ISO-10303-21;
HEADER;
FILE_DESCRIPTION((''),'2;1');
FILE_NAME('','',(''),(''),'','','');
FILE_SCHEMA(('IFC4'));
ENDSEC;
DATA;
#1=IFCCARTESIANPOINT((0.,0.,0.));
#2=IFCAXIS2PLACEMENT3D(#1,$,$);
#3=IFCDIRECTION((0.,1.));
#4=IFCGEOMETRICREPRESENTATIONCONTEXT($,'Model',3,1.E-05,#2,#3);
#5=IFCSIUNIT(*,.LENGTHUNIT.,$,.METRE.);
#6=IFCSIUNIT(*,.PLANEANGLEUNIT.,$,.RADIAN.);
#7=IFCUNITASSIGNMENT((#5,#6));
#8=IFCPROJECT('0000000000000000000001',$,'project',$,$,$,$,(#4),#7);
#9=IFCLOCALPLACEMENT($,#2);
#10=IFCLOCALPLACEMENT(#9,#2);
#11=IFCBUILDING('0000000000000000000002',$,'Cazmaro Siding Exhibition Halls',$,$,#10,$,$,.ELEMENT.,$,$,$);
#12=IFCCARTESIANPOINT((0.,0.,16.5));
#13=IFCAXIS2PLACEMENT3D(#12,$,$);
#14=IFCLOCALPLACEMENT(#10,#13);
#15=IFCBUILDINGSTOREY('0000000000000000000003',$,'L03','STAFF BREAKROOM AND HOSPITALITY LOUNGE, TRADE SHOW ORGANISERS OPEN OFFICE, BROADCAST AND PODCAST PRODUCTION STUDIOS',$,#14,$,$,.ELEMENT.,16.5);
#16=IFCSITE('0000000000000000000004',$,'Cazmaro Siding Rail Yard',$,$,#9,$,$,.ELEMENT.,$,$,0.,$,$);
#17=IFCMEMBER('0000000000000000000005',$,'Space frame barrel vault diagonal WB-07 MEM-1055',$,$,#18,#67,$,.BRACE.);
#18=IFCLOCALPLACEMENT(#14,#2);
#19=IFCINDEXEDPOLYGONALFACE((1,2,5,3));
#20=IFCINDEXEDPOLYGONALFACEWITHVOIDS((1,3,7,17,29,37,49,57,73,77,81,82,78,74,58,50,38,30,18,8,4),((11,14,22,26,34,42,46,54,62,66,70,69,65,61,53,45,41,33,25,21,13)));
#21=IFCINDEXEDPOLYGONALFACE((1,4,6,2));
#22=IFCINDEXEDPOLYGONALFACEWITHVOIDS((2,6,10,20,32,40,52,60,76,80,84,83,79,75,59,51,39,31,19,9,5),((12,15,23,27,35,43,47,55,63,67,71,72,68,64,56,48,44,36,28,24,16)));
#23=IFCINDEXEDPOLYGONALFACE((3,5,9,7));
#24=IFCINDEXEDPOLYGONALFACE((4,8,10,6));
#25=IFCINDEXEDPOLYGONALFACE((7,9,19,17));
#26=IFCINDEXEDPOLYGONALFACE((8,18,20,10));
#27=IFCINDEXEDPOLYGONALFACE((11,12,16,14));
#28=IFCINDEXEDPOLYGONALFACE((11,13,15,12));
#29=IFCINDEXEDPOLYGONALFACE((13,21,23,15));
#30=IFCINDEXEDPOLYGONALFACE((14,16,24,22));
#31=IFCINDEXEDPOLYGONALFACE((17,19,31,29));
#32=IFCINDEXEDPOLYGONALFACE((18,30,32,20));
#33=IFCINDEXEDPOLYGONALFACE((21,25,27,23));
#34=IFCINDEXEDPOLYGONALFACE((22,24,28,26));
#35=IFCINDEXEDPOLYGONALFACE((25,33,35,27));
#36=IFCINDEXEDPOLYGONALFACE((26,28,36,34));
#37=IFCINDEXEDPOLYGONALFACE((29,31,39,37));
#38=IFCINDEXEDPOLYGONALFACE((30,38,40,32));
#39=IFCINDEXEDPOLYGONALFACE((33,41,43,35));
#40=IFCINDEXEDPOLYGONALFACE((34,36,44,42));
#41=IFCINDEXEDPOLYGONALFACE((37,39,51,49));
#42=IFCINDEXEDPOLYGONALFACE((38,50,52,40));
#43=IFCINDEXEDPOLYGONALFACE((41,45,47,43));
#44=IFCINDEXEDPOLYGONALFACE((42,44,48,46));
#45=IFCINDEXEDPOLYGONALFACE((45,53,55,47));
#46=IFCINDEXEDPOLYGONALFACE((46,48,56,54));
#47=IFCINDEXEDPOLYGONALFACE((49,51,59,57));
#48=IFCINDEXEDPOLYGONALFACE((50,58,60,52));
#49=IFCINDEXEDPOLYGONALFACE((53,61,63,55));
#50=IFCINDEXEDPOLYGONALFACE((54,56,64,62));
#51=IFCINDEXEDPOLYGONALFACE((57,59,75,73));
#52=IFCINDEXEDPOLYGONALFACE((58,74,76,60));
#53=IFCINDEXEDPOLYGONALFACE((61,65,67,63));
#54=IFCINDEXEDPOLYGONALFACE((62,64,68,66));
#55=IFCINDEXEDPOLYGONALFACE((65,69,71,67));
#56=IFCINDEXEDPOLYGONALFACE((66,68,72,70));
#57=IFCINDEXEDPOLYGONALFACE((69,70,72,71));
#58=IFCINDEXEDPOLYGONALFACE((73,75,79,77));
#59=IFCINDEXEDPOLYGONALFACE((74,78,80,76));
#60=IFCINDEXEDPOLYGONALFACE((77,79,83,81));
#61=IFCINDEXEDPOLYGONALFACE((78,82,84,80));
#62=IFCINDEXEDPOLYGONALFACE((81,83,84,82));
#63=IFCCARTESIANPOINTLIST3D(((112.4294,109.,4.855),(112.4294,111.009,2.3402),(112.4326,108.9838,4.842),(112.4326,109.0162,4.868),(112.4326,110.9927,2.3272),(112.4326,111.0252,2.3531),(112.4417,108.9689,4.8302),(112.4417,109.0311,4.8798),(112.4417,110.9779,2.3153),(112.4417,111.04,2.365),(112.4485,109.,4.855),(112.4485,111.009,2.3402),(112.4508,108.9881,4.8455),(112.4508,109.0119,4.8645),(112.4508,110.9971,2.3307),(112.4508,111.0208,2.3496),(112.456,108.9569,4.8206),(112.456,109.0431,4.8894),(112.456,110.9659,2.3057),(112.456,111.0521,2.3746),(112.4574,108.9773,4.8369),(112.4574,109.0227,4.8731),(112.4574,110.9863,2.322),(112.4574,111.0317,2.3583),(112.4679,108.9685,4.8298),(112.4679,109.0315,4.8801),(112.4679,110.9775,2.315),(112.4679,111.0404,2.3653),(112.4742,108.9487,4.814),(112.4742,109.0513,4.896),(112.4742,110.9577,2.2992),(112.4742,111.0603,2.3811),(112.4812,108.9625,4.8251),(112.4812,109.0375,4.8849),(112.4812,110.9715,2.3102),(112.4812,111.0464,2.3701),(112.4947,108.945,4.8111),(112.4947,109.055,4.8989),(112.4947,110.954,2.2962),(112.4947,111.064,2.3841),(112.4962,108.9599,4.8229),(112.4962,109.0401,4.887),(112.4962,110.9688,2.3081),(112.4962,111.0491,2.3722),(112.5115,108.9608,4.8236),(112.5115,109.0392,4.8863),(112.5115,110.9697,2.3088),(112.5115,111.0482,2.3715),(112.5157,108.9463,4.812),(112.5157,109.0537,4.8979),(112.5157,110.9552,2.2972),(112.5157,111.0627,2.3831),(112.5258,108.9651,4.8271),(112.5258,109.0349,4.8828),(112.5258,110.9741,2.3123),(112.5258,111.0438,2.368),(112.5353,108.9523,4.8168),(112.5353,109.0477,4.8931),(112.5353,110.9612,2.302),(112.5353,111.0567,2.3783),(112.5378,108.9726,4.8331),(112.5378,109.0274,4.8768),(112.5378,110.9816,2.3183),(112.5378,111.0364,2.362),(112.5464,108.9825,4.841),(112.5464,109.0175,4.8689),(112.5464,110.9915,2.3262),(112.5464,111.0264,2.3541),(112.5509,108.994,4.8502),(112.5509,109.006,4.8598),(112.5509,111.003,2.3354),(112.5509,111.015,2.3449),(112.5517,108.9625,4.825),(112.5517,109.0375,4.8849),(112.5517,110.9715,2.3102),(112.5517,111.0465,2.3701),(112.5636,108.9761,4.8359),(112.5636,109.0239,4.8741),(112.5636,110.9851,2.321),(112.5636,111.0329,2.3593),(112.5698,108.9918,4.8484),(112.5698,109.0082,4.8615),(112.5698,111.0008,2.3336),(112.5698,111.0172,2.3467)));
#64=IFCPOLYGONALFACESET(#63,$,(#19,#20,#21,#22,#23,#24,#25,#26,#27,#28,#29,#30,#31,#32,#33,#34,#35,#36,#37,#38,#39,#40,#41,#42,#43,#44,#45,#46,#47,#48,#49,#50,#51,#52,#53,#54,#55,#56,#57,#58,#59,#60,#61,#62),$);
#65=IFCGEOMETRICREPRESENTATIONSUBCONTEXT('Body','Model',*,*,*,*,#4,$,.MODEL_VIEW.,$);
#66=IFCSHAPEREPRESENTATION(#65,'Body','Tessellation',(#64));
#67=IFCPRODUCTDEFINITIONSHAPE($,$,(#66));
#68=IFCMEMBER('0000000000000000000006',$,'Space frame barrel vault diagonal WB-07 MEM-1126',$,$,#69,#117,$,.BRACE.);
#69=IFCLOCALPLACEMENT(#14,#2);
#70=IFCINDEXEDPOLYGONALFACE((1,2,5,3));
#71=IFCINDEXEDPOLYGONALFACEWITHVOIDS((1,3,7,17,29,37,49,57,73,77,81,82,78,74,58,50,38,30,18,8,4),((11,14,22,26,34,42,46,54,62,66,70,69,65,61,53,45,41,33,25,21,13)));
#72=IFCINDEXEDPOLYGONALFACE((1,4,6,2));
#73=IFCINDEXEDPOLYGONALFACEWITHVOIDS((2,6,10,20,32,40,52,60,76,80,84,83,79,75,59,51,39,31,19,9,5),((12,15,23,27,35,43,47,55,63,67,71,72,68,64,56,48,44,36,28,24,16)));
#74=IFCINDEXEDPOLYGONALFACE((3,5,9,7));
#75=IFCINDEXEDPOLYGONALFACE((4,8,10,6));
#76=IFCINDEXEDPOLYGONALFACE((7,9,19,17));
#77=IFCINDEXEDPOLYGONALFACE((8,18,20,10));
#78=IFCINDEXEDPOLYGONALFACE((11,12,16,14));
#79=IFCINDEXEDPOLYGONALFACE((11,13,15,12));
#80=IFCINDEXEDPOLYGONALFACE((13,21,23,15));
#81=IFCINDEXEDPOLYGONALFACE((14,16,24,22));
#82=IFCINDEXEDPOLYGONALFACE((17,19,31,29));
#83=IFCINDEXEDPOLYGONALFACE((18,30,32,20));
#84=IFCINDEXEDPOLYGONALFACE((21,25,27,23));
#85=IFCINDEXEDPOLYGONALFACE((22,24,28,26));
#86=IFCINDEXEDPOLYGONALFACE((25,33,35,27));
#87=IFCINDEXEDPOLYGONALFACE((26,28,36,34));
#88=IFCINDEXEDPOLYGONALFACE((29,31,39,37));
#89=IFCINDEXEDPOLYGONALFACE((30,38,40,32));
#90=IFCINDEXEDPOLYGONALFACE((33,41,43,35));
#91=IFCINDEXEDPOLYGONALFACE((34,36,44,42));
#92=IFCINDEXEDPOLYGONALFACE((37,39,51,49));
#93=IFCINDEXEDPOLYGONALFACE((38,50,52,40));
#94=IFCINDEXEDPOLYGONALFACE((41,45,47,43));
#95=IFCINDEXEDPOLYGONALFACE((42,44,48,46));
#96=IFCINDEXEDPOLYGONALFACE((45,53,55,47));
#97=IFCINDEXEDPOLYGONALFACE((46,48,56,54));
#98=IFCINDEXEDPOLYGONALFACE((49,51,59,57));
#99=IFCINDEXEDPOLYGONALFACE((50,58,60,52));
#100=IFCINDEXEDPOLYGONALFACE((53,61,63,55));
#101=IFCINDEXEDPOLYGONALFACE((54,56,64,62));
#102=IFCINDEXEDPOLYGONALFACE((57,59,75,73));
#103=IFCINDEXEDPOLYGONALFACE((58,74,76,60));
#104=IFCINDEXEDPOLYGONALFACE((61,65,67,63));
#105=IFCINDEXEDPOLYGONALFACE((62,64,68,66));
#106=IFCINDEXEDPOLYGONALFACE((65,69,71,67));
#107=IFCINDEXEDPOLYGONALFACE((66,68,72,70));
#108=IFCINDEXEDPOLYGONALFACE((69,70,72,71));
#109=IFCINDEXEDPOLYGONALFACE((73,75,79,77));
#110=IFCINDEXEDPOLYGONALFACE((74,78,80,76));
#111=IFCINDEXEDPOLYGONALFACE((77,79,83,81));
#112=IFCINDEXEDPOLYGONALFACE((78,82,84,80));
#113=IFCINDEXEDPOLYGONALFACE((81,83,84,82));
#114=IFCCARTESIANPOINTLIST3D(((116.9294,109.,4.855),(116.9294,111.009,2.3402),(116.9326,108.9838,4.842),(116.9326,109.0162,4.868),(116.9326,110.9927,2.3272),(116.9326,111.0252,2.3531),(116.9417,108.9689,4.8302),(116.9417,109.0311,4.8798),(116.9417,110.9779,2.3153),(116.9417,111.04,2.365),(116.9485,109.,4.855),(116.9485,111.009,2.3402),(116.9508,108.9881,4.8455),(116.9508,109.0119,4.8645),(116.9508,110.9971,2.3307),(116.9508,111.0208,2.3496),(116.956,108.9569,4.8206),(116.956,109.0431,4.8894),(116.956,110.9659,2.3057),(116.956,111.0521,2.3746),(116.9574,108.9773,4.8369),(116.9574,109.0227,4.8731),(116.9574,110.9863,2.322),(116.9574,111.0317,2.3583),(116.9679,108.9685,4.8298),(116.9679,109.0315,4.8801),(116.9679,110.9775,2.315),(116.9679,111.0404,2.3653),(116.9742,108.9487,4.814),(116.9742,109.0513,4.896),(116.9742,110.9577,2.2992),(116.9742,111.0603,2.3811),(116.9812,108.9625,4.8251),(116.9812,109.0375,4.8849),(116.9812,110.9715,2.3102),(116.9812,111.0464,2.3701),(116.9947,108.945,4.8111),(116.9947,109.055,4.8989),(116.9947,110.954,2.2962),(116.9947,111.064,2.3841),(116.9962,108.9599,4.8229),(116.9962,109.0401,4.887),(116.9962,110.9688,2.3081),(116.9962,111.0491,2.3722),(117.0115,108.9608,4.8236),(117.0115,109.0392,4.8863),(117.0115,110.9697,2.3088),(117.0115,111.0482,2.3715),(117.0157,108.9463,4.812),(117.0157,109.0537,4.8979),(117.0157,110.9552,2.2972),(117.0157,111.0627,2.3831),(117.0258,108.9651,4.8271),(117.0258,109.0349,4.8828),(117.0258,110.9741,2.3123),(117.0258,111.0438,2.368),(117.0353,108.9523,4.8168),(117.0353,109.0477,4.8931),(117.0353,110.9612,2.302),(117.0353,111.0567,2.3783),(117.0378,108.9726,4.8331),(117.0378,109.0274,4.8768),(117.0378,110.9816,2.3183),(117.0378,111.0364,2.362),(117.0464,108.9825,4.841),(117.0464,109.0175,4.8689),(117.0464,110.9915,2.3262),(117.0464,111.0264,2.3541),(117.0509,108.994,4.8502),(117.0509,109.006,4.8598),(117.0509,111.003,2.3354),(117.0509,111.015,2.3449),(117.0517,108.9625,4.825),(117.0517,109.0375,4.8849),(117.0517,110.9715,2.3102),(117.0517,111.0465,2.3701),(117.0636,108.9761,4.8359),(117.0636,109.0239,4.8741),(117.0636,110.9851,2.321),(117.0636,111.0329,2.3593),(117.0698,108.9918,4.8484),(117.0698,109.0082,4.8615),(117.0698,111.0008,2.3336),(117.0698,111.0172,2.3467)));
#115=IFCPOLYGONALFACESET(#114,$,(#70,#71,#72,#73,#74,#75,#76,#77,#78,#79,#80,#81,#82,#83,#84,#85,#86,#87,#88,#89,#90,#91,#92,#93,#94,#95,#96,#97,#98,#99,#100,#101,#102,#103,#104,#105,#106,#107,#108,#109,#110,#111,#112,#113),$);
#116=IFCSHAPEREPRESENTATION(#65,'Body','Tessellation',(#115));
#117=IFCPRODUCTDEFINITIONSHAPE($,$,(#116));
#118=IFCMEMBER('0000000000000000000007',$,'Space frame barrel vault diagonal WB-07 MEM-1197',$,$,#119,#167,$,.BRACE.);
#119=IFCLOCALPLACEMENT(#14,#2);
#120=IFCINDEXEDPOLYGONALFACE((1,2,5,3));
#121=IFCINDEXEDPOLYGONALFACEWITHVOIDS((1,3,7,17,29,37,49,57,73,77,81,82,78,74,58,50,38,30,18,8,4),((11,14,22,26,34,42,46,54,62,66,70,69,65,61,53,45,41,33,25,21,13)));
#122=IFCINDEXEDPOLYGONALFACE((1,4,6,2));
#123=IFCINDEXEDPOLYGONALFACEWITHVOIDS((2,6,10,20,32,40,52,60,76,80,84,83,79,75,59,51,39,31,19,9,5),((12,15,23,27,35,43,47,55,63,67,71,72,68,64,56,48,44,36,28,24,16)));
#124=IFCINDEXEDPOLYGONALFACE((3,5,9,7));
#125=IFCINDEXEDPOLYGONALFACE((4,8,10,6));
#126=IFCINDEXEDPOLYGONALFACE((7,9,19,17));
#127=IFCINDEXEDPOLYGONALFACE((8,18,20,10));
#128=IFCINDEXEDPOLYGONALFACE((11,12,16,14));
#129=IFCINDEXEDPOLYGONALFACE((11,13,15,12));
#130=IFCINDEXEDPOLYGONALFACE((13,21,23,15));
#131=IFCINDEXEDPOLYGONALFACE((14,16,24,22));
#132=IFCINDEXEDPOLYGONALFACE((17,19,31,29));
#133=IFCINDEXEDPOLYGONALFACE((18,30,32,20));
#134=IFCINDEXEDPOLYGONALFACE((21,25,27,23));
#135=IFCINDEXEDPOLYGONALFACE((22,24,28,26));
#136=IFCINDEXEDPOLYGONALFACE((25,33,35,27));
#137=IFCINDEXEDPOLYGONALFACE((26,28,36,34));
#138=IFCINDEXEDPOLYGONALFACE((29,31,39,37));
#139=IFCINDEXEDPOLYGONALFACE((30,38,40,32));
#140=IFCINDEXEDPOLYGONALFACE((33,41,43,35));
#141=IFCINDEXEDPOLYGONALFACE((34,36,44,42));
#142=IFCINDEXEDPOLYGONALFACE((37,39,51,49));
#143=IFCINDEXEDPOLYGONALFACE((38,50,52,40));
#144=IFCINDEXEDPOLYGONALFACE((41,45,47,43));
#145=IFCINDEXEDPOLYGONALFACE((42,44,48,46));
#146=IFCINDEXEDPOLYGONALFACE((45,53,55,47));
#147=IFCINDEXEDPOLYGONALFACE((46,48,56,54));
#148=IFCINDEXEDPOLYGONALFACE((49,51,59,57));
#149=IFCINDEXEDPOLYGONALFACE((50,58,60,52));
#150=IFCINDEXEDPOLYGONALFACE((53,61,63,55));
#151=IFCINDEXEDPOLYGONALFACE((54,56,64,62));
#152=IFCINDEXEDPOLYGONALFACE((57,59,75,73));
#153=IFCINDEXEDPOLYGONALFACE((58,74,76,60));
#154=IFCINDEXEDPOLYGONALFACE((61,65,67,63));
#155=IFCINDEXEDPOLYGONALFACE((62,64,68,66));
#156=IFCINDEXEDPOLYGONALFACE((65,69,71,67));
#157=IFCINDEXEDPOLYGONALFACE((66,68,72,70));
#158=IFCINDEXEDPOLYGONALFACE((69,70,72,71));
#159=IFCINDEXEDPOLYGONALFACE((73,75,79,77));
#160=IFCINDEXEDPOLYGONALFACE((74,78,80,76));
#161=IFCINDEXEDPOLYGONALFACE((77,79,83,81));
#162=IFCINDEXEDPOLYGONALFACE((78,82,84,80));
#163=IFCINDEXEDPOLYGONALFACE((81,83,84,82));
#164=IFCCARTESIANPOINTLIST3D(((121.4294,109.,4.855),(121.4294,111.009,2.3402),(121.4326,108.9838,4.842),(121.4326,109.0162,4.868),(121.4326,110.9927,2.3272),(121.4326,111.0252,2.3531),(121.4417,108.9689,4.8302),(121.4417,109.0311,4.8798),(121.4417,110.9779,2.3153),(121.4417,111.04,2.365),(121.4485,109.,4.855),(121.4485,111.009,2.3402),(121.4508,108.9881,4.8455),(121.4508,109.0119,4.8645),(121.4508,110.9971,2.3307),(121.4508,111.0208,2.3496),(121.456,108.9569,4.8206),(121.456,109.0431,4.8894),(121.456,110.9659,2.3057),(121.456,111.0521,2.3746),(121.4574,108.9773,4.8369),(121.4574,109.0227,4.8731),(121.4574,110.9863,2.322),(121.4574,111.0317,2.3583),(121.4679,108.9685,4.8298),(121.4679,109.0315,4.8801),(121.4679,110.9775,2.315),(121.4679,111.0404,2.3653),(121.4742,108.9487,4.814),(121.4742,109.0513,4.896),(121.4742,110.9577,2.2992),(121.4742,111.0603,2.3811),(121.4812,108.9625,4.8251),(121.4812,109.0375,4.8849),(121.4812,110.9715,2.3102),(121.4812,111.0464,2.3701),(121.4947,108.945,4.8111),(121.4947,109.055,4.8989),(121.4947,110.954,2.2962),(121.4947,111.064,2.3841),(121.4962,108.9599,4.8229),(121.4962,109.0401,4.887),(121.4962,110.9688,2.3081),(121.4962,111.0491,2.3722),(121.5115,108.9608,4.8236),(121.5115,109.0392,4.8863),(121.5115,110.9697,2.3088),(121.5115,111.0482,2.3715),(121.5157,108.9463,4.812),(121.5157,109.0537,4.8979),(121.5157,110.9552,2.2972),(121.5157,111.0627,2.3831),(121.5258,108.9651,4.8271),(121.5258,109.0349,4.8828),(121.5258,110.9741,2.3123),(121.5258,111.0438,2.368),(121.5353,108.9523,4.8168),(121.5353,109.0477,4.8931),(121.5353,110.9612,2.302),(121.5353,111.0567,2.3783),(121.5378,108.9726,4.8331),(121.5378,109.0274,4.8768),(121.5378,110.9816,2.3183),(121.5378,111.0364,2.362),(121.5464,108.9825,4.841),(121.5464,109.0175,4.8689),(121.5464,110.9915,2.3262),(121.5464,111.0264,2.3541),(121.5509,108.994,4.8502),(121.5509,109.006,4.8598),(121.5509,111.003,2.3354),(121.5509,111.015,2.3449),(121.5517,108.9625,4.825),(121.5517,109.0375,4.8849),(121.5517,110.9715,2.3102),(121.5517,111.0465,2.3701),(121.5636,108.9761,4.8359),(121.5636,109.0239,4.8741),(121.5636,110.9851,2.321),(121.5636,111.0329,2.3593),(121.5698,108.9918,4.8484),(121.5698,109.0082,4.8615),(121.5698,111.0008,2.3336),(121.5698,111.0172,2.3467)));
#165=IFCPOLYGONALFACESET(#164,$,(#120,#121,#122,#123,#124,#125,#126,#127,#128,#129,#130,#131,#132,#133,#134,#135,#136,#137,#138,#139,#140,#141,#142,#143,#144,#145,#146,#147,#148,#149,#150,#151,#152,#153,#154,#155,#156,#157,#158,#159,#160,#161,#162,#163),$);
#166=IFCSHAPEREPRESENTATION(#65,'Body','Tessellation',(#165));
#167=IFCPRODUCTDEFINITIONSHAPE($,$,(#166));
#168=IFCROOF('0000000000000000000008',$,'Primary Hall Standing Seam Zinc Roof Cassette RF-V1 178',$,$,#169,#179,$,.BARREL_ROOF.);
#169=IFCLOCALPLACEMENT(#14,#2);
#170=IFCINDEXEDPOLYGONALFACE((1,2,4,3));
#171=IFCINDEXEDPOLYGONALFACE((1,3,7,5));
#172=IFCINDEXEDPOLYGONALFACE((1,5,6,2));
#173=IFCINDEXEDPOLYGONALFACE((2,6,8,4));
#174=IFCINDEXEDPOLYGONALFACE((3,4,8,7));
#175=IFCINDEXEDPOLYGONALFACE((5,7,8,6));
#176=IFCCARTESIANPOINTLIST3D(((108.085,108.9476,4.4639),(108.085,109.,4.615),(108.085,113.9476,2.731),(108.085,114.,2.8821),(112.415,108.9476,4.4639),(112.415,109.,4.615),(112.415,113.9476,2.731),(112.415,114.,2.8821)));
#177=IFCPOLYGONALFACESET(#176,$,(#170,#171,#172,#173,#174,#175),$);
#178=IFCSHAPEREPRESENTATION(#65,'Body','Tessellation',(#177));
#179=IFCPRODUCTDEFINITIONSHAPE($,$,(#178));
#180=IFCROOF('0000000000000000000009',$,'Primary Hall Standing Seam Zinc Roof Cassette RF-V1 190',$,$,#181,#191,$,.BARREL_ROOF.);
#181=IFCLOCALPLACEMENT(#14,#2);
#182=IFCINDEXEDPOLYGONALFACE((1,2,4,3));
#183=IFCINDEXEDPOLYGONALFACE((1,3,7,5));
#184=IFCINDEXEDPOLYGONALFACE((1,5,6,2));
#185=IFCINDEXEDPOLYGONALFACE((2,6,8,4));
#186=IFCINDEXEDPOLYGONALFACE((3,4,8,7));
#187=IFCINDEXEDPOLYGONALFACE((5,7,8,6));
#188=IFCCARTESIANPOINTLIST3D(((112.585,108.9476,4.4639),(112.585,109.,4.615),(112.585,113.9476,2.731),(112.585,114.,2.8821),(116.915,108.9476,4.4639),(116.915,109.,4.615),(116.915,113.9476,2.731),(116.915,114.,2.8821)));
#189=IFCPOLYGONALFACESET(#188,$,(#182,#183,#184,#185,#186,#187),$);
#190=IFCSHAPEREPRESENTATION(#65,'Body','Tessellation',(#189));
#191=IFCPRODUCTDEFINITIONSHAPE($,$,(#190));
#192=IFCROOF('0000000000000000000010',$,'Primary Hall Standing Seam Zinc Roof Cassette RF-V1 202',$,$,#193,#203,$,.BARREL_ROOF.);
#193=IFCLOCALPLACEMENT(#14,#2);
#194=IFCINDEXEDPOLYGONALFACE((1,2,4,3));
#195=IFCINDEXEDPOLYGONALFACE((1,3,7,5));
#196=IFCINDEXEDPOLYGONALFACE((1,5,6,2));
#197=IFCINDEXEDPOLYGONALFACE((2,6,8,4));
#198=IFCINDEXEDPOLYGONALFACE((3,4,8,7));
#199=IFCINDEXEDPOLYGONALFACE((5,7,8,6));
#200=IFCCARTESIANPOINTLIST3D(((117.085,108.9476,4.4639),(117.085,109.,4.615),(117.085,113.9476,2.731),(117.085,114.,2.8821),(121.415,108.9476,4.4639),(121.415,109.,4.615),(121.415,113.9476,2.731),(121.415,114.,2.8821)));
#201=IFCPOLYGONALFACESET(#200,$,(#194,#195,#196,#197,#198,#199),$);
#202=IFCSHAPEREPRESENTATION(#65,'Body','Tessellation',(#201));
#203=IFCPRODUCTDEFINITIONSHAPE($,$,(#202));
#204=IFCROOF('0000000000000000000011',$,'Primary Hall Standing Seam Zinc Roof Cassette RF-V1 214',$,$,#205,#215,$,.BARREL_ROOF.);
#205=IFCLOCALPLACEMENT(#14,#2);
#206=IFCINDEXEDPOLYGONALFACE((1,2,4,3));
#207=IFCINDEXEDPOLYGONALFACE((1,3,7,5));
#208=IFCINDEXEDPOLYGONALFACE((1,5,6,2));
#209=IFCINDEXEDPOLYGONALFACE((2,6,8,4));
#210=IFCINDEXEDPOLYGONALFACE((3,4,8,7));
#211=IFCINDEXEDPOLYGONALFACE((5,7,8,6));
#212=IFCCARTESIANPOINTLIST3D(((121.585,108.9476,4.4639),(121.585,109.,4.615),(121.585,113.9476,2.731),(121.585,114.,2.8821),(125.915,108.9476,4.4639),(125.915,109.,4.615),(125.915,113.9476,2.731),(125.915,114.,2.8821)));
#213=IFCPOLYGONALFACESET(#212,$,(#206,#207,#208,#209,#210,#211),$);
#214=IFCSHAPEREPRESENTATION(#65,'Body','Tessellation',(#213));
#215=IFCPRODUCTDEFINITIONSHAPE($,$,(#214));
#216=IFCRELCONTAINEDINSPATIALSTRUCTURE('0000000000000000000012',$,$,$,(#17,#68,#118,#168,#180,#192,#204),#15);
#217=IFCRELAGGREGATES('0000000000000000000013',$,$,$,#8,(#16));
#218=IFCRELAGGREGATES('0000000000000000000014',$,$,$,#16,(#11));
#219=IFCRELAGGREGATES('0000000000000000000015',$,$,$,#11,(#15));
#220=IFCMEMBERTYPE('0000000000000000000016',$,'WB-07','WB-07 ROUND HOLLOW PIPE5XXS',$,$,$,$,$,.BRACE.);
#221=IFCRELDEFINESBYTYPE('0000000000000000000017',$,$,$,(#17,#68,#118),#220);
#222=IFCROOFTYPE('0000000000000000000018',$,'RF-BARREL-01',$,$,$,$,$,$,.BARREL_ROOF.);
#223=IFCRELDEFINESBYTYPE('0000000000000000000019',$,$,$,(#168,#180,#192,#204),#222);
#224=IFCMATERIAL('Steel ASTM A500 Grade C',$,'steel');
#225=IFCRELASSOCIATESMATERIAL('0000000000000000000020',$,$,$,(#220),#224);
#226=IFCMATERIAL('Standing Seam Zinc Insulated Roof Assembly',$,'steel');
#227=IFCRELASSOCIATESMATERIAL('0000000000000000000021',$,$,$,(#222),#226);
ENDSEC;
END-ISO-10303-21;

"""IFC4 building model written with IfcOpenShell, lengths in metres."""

from ifc_helpers import new_model, si_unit, direction, frame, origin, origin_2d, place, context, subcontext, project, spatial, polyline, hollow_circle, outline, extrude, material, material_profile, profile_set, type_object, element, save


model = new_model("IFC4")

# Units and contexts
model_context = context("Model", 3, precision=1e-05, world=origin(), true_north=direction((0.0, 1.0)))
body_context = subcontext(model_context, "Body", "Model", "MODEL_VIEW")
ifc_project = project(units=[si_unit("LENGTHUNIT", "METRE"), si_unit("PLANEANGLEUNIT", "RADIAN")], contexts=[model_context])

# Site, building, storey
site_placement = place(None, origin())
site = spatial("IfcSite", under=ifc_project, at=site_placement, Name="Cazmaro Siding Rail Yard", CompositionType="ELEMENT", RefElevation=0.0)
building_placement = place(site_placement, origin())
building = spatial("IfcBuilding", under=site, at=building_placement, Name="Cazmaro Siding Exhibition Halls", CompositionType="ELEMENT")
storey_placement = place(building_placement, frame((0.0, 0.0, 16.5)))
storey = spatial("IfcBuildingStorey", under=building, at=storey_placement, Name="L03", Description="STAFF BREAKROOM AND HOSPITALITY LOUNGE, TRADE SHOW ORGANISERS OPEN OFFICE, BROADCAST AND PODCAST PRODUCTION STUDIOS", CompositionType="ELEMENT", Elevation=16.5)

# Members
ifc_material_1 = material(Name="Steel ASTM A500 Grade C", Category="steel")
ifc_material_profile_1 = material_profile(ifc_material_1, hollow_circle(Radius=0.0706, WallThickness=0.019, at=origin_2d()), Name="PIPE5XXS")
ifc_profile_set_1 = profile_set([ifc_material_profile_1], Name="Steel ASTM A500 Grade C")
member_type_1 = type_object("IfcMemberType", Name="WB-07", Description="WB-07 ROUND HOLLOW PIPE5XXS", PredefinedType="BRACE", material=ifc_profile_set_1)
for number, where, z_axis, x_axis, name in (
    (1, (112.5, 109.0, 4.855), (0.0, 0.624149, -0.781305), (-1.0, 0.0, 0.0), "Space frame barrel vault diagonal WB-07 MEM-1055"),
    (2, (117.0, 109.0, 4.855), (0.0, 0.624149, -0.781305), (-1.0, 0.0, 0.0), "Space frame barrel vault diagonal WB-07 MEM-1126"),
    (3, (121.5, 109.0, 4.855), (0.0, 0.624149, -0.781305), (-1.0, 0.0, 0.0), "Space frame barrel vault diagonal WB-07 MEM-1197"),
):
    element("IfcMember", number, at=place(storey_placement, frame(where, z_axis=z_axis, x_axis=x_axis)), inside=storey, type_object=member_type_1, Name=name, PredefinedType="BRACE", context=body_context, shape_type="SweptSolid", body=[
        extrude(hollow_circle(Radius=0.0706, WallThickness=0.019, at=origin_2d()), origin(), (0.0, 0.0, 1.0), 3.2188),
    ])

# Roofs
ifc_material_2 = material(Name="Standing Seam Zinc Insulated Roof Assembly", Category="steel")
roof_type = type_object("IfcRoofType", Name="RF-BARREL-01", PredefinedType="BARREL_ROOF", material=ifc_material_2)
for number, where, z_axis, x_axis, name in (
    (4, (108.085, 109.0, 4.615), (0.0, 0.327472, 0.944861), (1.0, 0.0, 0.0), "Primary Hall Standing Seam Zinc Roof Cassette RF-V1 178"),
    (5, (112.585, 109.0, 4.615), (0.0, 0.327472, 0.944861), (1.0, 0.0, 0.0), "Primary Hall Standing Seam Zinc Roof Cassette RF-V1 190"),
    (6, (117.085, 109.0, 4.615), (0.0, 0.327472, 0.944861), (1.0, 0.0, 0.0), "Primary Hall Standing Seam Zinc Roof Cassette RF-V1 202"),
    (7, (121.585, 109.0, 4.615), (0.0, 0.327472, 0.944861), (1.0, 0.0, 0.0), "Primary Hall Standing Seam Zinc Roof Cassette RF-V1 214"),
):
    element("IfcRoof", number, at=place(storey_placement, frame(where, z_axis=z_axis, x_axis=x_axis)), inside=storey, type_object=roof_type, Name=name, PredefinedType="BARREL_ROOF", context=body_context, shape_type="SweptSolid", body=[
        extrude(outline(polyline([(0.0, 0.0), (4.3301, 0.0), (4.3301, 5.2918), (0.0, 5.2918), (0.0, 0.0)])), origin(), (0.0, 0.0, -1.0), 0.1599),
    ])

save(model, "model.ifc")
